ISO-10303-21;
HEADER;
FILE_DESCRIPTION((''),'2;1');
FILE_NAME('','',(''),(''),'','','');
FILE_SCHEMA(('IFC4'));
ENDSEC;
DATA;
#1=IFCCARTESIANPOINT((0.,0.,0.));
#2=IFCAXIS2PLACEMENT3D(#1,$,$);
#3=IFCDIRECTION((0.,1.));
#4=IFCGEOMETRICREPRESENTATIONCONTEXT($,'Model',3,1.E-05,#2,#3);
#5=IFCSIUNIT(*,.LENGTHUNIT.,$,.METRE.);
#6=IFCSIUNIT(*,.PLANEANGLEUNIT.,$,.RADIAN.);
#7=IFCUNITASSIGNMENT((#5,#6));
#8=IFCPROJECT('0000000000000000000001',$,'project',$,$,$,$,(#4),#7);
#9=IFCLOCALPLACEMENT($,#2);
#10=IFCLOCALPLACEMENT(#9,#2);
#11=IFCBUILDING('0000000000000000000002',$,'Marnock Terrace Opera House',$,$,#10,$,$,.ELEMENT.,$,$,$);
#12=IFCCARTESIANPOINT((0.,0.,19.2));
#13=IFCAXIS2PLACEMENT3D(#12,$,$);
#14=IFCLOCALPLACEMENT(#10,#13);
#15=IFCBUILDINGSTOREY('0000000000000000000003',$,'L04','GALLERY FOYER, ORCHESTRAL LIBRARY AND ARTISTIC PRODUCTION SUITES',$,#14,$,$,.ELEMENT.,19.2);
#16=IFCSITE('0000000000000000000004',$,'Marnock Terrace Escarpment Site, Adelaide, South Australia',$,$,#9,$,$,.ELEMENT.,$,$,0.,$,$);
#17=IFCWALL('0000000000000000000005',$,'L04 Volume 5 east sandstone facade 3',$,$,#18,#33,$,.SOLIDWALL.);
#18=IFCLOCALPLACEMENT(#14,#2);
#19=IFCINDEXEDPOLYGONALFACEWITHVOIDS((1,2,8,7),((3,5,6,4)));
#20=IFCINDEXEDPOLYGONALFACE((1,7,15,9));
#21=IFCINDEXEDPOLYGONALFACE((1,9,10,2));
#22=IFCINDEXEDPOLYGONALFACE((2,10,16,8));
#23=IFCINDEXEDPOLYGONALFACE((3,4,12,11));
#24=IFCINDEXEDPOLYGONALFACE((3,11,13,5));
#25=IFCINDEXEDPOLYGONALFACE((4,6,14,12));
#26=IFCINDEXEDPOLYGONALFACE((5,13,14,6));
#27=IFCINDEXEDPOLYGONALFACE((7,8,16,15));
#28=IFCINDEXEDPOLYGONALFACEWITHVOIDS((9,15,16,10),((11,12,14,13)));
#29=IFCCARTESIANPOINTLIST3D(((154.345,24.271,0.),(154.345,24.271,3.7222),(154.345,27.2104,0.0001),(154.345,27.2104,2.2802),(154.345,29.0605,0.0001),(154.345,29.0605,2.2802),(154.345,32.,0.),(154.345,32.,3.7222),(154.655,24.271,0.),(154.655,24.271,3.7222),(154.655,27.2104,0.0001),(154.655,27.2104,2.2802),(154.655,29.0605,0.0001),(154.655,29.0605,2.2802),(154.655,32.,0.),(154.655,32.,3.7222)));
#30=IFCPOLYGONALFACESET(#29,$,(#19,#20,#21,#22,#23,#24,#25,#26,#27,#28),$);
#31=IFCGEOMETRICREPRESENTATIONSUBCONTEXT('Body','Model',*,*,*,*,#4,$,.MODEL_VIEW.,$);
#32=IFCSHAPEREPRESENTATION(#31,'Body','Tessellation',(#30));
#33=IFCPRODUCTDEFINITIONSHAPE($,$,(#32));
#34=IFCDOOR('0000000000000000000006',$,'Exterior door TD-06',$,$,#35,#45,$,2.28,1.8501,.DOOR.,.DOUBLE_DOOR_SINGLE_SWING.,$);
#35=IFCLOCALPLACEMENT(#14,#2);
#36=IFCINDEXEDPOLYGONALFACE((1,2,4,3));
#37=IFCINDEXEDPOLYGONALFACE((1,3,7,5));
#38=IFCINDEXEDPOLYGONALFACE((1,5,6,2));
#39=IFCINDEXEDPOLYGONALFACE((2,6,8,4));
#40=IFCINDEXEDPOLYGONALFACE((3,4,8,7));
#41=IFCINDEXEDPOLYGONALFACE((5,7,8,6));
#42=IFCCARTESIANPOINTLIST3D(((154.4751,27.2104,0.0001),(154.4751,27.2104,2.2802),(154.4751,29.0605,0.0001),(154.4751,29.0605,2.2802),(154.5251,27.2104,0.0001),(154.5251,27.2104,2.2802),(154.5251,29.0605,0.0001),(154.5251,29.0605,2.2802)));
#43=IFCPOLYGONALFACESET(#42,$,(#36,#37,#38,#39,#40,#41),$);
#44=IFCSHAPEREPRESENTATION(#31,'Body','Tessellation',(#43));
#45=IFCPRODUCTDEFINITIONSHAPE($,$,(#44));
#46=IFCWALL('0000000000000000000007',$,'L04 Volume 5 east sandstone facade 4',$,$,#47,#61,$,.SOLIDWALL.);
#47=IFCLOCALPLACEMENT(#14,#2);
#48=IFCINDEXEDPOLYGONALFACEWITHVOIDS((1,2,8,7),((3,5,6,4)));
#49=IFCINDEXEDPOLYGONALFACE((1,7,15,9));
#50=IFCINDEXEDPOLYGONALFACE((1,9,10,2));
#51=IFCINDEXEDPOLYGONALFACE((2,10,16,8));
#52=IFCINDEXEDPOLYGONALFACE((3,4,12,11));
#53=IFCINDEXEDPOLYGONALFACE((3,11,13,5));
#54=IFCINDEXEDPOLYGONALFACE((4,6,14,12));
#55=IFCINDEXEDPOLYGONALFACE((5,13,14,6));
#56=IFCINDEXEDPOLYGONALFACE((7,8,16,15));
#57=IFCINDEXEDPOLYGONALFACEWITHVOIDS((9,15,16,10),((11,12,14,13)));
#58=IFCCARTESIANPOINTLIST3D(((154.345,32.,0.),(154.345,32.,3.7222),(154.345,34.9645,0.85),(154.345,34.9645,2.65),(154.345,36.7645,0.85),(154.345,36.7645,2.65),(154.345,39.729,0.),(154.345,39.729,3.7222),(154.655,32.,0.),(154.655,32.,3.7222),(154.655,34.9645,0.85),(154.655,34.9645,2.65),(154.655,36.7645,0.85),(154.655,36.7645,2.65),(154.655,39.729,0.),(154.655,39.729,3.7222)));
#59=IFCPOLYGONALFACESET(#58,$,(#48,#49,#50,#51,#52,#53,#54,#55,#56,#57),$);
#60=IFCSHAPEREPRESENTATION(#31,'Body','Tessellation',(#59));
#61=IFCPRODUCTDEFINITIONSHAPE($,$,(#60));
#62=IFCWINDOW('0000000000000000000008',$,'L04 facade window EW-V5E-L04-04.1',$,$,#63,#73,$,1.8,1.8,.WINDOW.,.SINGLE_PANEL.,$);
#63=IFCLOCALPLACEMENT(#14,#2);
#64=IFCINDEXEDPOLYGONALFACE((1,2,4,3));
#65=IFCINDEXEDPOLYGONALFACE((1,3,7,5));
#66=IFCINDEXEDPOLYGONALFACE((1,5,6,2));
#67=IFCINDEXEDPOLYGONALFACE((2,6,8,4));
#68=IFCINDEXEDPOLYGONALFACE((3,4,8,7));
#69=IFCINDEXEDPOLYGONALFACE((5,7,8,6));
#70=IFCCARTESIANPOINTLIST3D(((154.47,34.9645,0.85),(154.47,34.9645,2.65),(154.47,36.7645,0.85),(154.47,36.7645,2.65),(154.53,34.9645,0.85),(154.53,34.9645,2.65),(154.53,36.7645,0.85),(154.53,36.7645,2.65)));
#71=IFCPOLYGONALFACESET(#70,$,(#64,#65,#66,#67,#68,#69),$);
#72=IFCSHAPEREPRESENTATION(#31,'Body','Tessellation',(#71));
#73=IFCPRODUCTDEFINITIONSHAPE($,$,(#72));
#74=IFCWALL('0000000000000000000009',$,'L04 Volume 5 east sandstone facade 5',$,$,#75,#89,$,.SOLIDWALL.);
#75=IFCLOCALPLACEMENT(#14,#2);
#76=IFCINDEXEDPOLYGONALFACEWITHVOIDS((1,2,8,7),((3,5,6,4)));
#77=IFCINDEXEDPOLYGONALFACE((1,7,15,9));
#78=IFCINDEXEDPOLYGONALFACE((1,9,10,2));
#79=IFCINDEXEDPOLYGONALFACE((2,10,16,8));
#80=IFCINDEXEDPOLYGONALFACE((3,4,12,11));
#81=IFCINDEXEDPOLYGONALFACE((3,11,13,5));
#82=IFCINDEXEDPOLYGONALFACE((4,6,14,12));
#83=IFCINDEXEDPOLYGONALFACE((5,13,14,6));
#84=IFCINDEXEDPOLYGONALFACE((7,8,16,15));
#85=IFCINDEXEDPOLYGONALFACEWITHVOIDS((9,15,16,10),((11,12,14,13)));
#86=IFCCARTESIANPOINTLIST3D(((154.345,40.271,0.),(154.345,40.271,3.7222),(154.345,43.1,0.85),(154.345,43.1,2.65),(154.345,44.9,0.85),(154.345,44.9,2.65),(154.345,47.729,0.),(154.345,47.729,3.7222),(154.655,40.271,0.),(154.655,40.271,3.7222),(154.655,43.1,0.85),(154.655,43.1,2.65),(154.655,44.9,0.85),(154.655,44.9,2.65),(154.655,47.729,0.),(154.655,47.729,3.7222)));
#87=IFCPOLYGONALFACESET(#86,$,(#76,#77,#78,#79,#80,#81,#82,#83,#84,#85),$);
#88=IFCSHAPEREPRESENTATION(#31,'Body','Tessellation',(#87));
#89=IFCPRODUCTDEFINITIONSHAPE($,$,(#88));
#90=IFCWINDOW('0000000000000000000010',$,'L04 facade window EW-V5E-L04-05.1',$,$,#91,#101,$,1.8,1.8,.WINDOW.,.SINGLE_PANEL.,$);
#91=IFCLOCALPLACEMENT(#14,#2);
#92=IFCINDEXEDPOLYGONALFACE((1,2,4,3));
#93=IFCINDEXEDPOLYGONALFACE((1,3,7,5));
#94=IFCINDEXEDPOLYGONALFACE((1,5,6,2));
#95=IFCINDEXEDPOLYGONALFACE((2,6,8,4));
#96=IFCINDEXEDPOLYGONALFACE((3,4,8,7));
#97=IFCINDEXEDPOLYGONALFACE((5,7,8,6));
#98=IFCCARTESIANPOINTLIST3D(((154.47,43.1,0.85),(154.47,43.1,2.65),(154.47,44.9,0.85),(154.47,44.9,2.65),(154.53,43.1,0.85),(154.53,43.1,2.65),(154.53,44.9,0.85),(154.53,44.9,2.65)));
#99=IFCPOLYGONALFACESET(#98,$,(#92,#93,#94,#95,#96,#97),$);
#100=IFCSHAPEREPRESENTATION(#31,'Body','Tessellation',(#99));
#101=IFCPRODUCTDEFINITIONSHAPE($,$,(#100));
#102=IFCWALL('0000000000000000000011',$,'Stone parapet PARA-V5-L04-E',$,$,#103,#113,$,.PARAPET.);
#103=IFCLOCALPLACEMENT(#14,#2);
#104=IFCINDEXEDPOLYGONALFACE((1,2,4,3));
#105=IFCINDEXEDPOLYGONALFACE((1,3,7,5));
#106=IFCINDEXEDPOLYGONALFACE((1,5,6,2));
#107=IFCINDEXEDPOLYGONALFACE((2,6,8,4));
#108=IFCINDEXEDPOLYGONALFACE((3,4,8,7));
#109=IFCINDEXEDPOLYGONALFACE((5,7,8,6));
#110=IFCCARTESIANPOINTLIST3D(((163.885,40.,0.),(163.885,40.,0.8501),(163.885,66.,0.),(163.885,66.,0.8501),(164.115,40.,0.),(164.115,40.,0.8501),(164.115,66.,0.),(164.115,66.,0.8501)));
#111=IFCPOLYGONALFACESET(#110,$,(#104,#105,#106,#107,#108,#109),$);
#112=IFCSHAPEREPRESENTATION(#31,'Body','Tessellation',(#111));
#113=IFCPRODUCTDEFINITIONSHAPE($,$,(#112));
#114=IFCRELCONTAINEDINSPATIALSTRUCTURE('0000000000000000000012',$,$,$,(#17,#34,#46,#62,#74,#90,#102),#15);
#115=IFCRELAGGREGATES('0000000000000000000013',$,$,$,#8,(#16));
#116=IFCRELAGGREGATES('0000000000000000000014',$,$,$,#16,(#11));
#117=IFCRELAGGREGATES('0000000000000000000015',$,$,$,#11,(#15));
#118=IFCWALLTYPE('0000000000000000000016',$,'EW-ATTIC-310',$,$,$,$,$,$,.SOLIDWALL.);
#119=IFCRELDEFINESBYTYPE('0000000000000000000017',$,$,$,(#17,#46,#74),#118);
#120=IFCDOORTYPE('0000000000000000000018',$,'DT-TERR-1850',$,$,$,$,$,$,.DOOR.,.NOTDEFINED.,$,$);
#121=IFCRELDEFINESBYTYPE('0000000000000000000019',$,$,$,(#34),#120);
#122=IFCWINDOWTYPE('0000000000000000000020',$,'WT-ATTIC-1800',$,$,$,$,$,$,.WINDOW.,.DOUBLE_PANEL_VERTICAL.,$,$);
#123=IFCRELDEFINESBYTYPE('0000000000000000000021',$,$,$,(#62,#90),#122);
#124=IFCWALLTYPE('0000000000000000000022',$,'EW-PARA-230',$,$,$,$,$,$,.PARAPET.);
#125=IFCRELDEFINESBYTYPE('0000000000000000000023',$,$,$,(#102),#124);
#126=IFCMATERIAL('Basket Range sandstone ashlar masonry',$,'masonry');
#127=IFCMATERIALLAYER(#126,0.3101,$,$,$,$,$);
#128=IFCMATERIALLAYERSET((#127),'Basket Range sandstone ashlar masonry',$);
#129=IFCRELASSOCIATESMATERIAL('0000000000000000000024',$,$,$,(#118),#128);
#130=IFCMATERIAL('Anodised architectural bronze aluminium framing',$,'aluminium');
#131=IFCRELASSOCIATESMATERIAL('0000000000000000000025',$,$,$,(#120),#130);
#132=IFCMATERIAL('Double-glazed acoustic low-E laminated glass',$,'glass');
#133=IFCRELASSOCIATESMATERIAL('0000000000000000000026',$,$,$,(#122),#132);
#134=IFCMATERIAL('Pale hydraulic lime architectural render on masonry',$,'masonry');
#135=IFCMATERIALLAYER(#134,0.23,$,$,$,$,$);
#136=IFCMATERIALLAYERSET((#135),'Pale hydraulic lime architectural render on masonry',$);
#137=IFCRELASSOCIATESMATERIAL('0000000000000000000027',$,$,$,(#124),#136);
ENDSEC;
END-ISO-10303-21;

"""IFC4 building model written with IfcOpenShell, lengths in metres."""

from ifc_helpers import new_model, si_unit, direction, frame, frame_2d, origin, place, context, subcontext, project, spatial, rectangle, extrude, material, layer, layer_set, type_object, element, fill, save


model = new_model("IFC4")

# Units and contexts
model_context = context("Model", 3, precision=1e-05, world=origin(), true_north=direction((0.0, 1.0)))
body_context = subcontext(model_context, "Body", "Model", "MODEL_VIEW")
ifc_project = project(units=[si_unit("LENGTHUNIT", "METRE"), si_unit("PLANEANGLEUNIT", "RADIAN")], contexts=[model_context])

# Site, building, storey
site_placement = place(None, origin())
site = spatial("IfcSite", under=ifc_project, at=site_placement, Name="Marnock Terrace Escarpment Site, Adelaide, South Australia", CompositionType="ELEMENT", RefElevation=0.0)
building_placement = place(site_placement, origin())
building = spatial("IfcBuilding", under=site, at=building_placement, Name="Marnock Terrace Opera House", CompositionType="ELEMENT")
storey_placement = place(building_placement, frame((0.0, 0.0, 19.2)))
storey = spatial("IfcBuildingStorey", under=building, at=storey_placement, Name="L04", Description="GALLERY FOYER, ORCHESTRAL LIBRARY AND ARTISTIC PRODUCTION SUITES", CompositionType="ELEMENT", Elevation=19.2)

# Wall, opening, door
ifc_material_1 = material(Name="Basket Range sandstone ashlar masonry", Category="masonry")
ifc_layer_1 = layer(ifc_material_1, 0.3101)
ifc_layer_set_1 = layer_set([ifc_layer_1], Name="Basket Range sandstone ashlar masonry")
wall_type_1 = type_object("IfcWallType", Name="EW-ATTIC-310", PredefinedType="SOLIDWALL", material=ifc_layer_set_1)
wall_1_placement = place(storey_placement, frame((154.5, 24.271, 0.0), z_axis=(0.0, 0.0, 1.0), x_axis=(0.0, 1.0, 0.0)))
wall_1 = element("IfcWall", 1, at=wall_1_placement, inside=storey, type_object=wall_type_1, Name="L04 Volume 5 east sandstone facade 3", PredefinedType="SOLIDWALL", context=body_context, shape_type="SweptSolid", body=[
    extrude(rectangle(XDim=7.729, YDim=0.3101, at=frame_2d((3.8645, 0.0))), origin(), (0.0, 0.0, 1.0), 3.7222),
])
opening_1_placement = place(wall_1_placement, frame((2.9395, 0.0, 0.0)))
opening_1 = element("IfcOpeningElement", 2, at=opening_1_placement, cuts=wall_1, PredefinedType="OPENING", context=body_context, shape_type="SweptSolid", body=[
    extrude(rectangle(XDim=1.8501, YDim=2.28, at=frame_2d((0.925, 1.1401))), frame((0.0, 0.165, 0.0), z_axis=(0.0, -1.0, 0.0), x_axis=(1.0, 0.0, 0.0)), (0.0, 0.0, 1.0), 0.3301),
])
ifc_material_2 = material(Name="Anodised architectural bronze aluminium framing", Category="aluminium")
door_type = type_object("IfcDoorType", Name="DT-TERR-1850", OperationType="NOTDEFINED", PredefinedType="DOOR", material=ifc_material_2)
door_placement = place(opening_1_placement, origin())
door = element("IfcDoor", 3, at=door_placement, inside=storey, type_object=door_type, Name="Exterior door TD-06", OperationType="DOUBLE_DOOR_SINGLE_SWING", OverallHeight=2.28, OverallWidth=1.8501, PredefinedType="DOOR", context=body_context, shape_type="SweptSolid", body=[
    extrude(rectangle(XDim=1.8501, YDim=2.28, at=frame_2d((0.925, 1.1401))), frame((0.0, 0.0249, 0.0), z_axis=(0.0, -1.0, 0.0), x_axis=(1.0, 0.0, 0.0)), (0.0, 0.0, 1.0), 0.05),
])
fill(opening_1, door)

# Walls, openings, windows
wall_2_placement = place(storey_placement, frame((154.5, 32.0, 0.0), z_axis=(0.0, 0.0, 1.0), x_axis=(0.0, 1.0, 0.0)))
wall_2 = element("IfcWall", 4, at=wall_2_placement, inside=storey, type_object=wall_type_1, Name="L04 Volume 5 east sandstone facade 4", PredefinedType="SOLIDWALL", context=body_context, shape_type="SweptSolid", body=[
    extrude(rectangle(XDim=7.729, YDim=0.3101, at=frame_2d((3.8645, 0.0))), origin(), (0.0, 0.0, 1.0), 3.7222),
])
opening_2_placement = place(wall_2_placement, frame((2.9646, 0.0, 0.8501)))
opening_2 = element("IfcOpeningElement", 5, at=opening_2_placement, cuts=wall_2, PredefinedType="OPENING", context=body_context, shape_type="SweptSolid", body=[
    extrude(rectangle(XDim=1.8, YDim=1.8, at=frame_2d((0.8999, 0.8999))), frame((0.0, 0.165, 0.0), z_axis=(0.0, -1.0, 0.0), x_axis=(1.0, 0.0, 0.0)), (0.0, 0.0, 1.0), 0.3301),
])
ifc_material_3 = material(Name="Double-glazed acoustic low-E laminated glass", Category="glass")
window_type = type_object("IfcWindowType", Name="WT-ATTIC-1800", PartitioningType="DOUBLE_PANEL_VERTICAL", PredefinedType="WINDOW", material=ifc_material_3)
window_1_placement = place(opening_2_placement, origin())
window_1 = element("IfcWindow", 6, at=window_1_placement, inside=storey, type_object=window_type, Name="L04 facade window EW-V5E-L04-04.1", OverallHeight=1.8, OverallWidth=1.8, PartitioningType="SINGLE_PANEL", PredefinedType="WINDOW", context=body_context, shape_type="SweptSolid", body=[
    extrude(rectangle(XDim=1.8, YDim=1.8, at=frame_2d((0.8999, 0.8999))), frame((0.0, 0.03, 0.0), z_axis=(0.0, -1.0, 0.0), x_axis=(1.0, 0.0, 0.0)), (0.0, 0.0, 1.0), 0.0601),
])
fill(opening_2, window_1)
wall_3_placement = place(storey_placement, frame((154.5, 40.271, 0.0), z_axis=(0.0, 0.0, 1.0), x_axis=(0.0, 1.0, 0.0)))
wall_3 = element("IfcWall", 7, at=wall_3_placement, inside=storey, type_object=wall_type_1, Name="L04 Volume 5 east sandstone facade 5", PredefinedType="SOLIDWALL", context=body_context, shape_type="SweptSolid", body=[
    extrude(rectangle(XDim=7.458, YDim=0.3101, at=frame_2d((3.729, 0.0))), origin(), (0.0, 0.0, 1.0), 3.7222),
])
opening_3_placement = place(wall_3_placement, frame((2.8291, 0.0, 0.8501)))
opening_3 = element("IfcOpeningElement", 8, at=opening_3_placement, cuts=wall_3, PredefinedType="OPENING", context=body_context, shape_type="SweptSolid", body=[
    extrude(rectangle(XDim=1.8, YDim=1.8, at=frame_2d((0.8999, 0.8999))), frame((0.0, 0.165, 0.0), z_axis=(0.0, -1.0, 0.0), x_axis=(1.0, 0.0, 0.0)), (0.0, 0.0, 1.0), 0.3301),
])
window_2_placement = place(opening_3_placement, origin())
window_2 = element("IfcWindow", 9, at=window_2_placement, inside=storey, type_object=window_type, Name="L04 facade window EW-V5E-L04-05.1", OverallHeight=1.8, OverallWidth=1.8, PartitioningType="SINGLE_PANEL", PredefinedType="WINDOW", context=body_context, shape_type="SweptSolid", body=[
    extrude(rectangle(XDim=1.8, YDim=1.8, at=frame_2d((0.8999, 0.8999))), frame((0.0, 0.03, 0.0), z_axis=(0.0, -1.0, 0.0), x_axis=(1.0, 0.0, 0.0)), (0.0, 0.0, 1.0), 0.0601),
])
fill(opening_3, window_2)

# Wall
ifc_material_4 = material(Name="Pale hydraulic lime architectural render on masonry", Category="masonry")
ifc_layer_2 = layer(ifc_material_4, 0.23)
ifc_layer_set_2 = layer_set([ifc_layer_2], Name="Pale hydraulic lime architectural render on masonry")
wall_type_2 = type_object("IfcWallType", Name="EW-PARA-230", PredefinedType="PARAPET", material=ifc_layer_set_2)
wall_4_placement = place(storey_placement, frame((164.0, 40.0, 0.0), z_axis=(0.0, 0.0, 1.0), x_axis=(0.0, 1.0, 0.0)))
element("IfcWall", 10, at=wall_4_placement, inside=storey, type_object=wall_type_2, Name="Stone parapet PARA-V5-L04-E", PredefinedType="PARAPET", context=body_context, shape_type="SweptSolid", body=[
    extrude(rectangle(XDim=26.0, YDim=0.23, at=frame_2d((13.0, 0.0))), origin(), (0.0, 0.0, 1.0), 0.8501),
])

save(model, "model.ifc")
